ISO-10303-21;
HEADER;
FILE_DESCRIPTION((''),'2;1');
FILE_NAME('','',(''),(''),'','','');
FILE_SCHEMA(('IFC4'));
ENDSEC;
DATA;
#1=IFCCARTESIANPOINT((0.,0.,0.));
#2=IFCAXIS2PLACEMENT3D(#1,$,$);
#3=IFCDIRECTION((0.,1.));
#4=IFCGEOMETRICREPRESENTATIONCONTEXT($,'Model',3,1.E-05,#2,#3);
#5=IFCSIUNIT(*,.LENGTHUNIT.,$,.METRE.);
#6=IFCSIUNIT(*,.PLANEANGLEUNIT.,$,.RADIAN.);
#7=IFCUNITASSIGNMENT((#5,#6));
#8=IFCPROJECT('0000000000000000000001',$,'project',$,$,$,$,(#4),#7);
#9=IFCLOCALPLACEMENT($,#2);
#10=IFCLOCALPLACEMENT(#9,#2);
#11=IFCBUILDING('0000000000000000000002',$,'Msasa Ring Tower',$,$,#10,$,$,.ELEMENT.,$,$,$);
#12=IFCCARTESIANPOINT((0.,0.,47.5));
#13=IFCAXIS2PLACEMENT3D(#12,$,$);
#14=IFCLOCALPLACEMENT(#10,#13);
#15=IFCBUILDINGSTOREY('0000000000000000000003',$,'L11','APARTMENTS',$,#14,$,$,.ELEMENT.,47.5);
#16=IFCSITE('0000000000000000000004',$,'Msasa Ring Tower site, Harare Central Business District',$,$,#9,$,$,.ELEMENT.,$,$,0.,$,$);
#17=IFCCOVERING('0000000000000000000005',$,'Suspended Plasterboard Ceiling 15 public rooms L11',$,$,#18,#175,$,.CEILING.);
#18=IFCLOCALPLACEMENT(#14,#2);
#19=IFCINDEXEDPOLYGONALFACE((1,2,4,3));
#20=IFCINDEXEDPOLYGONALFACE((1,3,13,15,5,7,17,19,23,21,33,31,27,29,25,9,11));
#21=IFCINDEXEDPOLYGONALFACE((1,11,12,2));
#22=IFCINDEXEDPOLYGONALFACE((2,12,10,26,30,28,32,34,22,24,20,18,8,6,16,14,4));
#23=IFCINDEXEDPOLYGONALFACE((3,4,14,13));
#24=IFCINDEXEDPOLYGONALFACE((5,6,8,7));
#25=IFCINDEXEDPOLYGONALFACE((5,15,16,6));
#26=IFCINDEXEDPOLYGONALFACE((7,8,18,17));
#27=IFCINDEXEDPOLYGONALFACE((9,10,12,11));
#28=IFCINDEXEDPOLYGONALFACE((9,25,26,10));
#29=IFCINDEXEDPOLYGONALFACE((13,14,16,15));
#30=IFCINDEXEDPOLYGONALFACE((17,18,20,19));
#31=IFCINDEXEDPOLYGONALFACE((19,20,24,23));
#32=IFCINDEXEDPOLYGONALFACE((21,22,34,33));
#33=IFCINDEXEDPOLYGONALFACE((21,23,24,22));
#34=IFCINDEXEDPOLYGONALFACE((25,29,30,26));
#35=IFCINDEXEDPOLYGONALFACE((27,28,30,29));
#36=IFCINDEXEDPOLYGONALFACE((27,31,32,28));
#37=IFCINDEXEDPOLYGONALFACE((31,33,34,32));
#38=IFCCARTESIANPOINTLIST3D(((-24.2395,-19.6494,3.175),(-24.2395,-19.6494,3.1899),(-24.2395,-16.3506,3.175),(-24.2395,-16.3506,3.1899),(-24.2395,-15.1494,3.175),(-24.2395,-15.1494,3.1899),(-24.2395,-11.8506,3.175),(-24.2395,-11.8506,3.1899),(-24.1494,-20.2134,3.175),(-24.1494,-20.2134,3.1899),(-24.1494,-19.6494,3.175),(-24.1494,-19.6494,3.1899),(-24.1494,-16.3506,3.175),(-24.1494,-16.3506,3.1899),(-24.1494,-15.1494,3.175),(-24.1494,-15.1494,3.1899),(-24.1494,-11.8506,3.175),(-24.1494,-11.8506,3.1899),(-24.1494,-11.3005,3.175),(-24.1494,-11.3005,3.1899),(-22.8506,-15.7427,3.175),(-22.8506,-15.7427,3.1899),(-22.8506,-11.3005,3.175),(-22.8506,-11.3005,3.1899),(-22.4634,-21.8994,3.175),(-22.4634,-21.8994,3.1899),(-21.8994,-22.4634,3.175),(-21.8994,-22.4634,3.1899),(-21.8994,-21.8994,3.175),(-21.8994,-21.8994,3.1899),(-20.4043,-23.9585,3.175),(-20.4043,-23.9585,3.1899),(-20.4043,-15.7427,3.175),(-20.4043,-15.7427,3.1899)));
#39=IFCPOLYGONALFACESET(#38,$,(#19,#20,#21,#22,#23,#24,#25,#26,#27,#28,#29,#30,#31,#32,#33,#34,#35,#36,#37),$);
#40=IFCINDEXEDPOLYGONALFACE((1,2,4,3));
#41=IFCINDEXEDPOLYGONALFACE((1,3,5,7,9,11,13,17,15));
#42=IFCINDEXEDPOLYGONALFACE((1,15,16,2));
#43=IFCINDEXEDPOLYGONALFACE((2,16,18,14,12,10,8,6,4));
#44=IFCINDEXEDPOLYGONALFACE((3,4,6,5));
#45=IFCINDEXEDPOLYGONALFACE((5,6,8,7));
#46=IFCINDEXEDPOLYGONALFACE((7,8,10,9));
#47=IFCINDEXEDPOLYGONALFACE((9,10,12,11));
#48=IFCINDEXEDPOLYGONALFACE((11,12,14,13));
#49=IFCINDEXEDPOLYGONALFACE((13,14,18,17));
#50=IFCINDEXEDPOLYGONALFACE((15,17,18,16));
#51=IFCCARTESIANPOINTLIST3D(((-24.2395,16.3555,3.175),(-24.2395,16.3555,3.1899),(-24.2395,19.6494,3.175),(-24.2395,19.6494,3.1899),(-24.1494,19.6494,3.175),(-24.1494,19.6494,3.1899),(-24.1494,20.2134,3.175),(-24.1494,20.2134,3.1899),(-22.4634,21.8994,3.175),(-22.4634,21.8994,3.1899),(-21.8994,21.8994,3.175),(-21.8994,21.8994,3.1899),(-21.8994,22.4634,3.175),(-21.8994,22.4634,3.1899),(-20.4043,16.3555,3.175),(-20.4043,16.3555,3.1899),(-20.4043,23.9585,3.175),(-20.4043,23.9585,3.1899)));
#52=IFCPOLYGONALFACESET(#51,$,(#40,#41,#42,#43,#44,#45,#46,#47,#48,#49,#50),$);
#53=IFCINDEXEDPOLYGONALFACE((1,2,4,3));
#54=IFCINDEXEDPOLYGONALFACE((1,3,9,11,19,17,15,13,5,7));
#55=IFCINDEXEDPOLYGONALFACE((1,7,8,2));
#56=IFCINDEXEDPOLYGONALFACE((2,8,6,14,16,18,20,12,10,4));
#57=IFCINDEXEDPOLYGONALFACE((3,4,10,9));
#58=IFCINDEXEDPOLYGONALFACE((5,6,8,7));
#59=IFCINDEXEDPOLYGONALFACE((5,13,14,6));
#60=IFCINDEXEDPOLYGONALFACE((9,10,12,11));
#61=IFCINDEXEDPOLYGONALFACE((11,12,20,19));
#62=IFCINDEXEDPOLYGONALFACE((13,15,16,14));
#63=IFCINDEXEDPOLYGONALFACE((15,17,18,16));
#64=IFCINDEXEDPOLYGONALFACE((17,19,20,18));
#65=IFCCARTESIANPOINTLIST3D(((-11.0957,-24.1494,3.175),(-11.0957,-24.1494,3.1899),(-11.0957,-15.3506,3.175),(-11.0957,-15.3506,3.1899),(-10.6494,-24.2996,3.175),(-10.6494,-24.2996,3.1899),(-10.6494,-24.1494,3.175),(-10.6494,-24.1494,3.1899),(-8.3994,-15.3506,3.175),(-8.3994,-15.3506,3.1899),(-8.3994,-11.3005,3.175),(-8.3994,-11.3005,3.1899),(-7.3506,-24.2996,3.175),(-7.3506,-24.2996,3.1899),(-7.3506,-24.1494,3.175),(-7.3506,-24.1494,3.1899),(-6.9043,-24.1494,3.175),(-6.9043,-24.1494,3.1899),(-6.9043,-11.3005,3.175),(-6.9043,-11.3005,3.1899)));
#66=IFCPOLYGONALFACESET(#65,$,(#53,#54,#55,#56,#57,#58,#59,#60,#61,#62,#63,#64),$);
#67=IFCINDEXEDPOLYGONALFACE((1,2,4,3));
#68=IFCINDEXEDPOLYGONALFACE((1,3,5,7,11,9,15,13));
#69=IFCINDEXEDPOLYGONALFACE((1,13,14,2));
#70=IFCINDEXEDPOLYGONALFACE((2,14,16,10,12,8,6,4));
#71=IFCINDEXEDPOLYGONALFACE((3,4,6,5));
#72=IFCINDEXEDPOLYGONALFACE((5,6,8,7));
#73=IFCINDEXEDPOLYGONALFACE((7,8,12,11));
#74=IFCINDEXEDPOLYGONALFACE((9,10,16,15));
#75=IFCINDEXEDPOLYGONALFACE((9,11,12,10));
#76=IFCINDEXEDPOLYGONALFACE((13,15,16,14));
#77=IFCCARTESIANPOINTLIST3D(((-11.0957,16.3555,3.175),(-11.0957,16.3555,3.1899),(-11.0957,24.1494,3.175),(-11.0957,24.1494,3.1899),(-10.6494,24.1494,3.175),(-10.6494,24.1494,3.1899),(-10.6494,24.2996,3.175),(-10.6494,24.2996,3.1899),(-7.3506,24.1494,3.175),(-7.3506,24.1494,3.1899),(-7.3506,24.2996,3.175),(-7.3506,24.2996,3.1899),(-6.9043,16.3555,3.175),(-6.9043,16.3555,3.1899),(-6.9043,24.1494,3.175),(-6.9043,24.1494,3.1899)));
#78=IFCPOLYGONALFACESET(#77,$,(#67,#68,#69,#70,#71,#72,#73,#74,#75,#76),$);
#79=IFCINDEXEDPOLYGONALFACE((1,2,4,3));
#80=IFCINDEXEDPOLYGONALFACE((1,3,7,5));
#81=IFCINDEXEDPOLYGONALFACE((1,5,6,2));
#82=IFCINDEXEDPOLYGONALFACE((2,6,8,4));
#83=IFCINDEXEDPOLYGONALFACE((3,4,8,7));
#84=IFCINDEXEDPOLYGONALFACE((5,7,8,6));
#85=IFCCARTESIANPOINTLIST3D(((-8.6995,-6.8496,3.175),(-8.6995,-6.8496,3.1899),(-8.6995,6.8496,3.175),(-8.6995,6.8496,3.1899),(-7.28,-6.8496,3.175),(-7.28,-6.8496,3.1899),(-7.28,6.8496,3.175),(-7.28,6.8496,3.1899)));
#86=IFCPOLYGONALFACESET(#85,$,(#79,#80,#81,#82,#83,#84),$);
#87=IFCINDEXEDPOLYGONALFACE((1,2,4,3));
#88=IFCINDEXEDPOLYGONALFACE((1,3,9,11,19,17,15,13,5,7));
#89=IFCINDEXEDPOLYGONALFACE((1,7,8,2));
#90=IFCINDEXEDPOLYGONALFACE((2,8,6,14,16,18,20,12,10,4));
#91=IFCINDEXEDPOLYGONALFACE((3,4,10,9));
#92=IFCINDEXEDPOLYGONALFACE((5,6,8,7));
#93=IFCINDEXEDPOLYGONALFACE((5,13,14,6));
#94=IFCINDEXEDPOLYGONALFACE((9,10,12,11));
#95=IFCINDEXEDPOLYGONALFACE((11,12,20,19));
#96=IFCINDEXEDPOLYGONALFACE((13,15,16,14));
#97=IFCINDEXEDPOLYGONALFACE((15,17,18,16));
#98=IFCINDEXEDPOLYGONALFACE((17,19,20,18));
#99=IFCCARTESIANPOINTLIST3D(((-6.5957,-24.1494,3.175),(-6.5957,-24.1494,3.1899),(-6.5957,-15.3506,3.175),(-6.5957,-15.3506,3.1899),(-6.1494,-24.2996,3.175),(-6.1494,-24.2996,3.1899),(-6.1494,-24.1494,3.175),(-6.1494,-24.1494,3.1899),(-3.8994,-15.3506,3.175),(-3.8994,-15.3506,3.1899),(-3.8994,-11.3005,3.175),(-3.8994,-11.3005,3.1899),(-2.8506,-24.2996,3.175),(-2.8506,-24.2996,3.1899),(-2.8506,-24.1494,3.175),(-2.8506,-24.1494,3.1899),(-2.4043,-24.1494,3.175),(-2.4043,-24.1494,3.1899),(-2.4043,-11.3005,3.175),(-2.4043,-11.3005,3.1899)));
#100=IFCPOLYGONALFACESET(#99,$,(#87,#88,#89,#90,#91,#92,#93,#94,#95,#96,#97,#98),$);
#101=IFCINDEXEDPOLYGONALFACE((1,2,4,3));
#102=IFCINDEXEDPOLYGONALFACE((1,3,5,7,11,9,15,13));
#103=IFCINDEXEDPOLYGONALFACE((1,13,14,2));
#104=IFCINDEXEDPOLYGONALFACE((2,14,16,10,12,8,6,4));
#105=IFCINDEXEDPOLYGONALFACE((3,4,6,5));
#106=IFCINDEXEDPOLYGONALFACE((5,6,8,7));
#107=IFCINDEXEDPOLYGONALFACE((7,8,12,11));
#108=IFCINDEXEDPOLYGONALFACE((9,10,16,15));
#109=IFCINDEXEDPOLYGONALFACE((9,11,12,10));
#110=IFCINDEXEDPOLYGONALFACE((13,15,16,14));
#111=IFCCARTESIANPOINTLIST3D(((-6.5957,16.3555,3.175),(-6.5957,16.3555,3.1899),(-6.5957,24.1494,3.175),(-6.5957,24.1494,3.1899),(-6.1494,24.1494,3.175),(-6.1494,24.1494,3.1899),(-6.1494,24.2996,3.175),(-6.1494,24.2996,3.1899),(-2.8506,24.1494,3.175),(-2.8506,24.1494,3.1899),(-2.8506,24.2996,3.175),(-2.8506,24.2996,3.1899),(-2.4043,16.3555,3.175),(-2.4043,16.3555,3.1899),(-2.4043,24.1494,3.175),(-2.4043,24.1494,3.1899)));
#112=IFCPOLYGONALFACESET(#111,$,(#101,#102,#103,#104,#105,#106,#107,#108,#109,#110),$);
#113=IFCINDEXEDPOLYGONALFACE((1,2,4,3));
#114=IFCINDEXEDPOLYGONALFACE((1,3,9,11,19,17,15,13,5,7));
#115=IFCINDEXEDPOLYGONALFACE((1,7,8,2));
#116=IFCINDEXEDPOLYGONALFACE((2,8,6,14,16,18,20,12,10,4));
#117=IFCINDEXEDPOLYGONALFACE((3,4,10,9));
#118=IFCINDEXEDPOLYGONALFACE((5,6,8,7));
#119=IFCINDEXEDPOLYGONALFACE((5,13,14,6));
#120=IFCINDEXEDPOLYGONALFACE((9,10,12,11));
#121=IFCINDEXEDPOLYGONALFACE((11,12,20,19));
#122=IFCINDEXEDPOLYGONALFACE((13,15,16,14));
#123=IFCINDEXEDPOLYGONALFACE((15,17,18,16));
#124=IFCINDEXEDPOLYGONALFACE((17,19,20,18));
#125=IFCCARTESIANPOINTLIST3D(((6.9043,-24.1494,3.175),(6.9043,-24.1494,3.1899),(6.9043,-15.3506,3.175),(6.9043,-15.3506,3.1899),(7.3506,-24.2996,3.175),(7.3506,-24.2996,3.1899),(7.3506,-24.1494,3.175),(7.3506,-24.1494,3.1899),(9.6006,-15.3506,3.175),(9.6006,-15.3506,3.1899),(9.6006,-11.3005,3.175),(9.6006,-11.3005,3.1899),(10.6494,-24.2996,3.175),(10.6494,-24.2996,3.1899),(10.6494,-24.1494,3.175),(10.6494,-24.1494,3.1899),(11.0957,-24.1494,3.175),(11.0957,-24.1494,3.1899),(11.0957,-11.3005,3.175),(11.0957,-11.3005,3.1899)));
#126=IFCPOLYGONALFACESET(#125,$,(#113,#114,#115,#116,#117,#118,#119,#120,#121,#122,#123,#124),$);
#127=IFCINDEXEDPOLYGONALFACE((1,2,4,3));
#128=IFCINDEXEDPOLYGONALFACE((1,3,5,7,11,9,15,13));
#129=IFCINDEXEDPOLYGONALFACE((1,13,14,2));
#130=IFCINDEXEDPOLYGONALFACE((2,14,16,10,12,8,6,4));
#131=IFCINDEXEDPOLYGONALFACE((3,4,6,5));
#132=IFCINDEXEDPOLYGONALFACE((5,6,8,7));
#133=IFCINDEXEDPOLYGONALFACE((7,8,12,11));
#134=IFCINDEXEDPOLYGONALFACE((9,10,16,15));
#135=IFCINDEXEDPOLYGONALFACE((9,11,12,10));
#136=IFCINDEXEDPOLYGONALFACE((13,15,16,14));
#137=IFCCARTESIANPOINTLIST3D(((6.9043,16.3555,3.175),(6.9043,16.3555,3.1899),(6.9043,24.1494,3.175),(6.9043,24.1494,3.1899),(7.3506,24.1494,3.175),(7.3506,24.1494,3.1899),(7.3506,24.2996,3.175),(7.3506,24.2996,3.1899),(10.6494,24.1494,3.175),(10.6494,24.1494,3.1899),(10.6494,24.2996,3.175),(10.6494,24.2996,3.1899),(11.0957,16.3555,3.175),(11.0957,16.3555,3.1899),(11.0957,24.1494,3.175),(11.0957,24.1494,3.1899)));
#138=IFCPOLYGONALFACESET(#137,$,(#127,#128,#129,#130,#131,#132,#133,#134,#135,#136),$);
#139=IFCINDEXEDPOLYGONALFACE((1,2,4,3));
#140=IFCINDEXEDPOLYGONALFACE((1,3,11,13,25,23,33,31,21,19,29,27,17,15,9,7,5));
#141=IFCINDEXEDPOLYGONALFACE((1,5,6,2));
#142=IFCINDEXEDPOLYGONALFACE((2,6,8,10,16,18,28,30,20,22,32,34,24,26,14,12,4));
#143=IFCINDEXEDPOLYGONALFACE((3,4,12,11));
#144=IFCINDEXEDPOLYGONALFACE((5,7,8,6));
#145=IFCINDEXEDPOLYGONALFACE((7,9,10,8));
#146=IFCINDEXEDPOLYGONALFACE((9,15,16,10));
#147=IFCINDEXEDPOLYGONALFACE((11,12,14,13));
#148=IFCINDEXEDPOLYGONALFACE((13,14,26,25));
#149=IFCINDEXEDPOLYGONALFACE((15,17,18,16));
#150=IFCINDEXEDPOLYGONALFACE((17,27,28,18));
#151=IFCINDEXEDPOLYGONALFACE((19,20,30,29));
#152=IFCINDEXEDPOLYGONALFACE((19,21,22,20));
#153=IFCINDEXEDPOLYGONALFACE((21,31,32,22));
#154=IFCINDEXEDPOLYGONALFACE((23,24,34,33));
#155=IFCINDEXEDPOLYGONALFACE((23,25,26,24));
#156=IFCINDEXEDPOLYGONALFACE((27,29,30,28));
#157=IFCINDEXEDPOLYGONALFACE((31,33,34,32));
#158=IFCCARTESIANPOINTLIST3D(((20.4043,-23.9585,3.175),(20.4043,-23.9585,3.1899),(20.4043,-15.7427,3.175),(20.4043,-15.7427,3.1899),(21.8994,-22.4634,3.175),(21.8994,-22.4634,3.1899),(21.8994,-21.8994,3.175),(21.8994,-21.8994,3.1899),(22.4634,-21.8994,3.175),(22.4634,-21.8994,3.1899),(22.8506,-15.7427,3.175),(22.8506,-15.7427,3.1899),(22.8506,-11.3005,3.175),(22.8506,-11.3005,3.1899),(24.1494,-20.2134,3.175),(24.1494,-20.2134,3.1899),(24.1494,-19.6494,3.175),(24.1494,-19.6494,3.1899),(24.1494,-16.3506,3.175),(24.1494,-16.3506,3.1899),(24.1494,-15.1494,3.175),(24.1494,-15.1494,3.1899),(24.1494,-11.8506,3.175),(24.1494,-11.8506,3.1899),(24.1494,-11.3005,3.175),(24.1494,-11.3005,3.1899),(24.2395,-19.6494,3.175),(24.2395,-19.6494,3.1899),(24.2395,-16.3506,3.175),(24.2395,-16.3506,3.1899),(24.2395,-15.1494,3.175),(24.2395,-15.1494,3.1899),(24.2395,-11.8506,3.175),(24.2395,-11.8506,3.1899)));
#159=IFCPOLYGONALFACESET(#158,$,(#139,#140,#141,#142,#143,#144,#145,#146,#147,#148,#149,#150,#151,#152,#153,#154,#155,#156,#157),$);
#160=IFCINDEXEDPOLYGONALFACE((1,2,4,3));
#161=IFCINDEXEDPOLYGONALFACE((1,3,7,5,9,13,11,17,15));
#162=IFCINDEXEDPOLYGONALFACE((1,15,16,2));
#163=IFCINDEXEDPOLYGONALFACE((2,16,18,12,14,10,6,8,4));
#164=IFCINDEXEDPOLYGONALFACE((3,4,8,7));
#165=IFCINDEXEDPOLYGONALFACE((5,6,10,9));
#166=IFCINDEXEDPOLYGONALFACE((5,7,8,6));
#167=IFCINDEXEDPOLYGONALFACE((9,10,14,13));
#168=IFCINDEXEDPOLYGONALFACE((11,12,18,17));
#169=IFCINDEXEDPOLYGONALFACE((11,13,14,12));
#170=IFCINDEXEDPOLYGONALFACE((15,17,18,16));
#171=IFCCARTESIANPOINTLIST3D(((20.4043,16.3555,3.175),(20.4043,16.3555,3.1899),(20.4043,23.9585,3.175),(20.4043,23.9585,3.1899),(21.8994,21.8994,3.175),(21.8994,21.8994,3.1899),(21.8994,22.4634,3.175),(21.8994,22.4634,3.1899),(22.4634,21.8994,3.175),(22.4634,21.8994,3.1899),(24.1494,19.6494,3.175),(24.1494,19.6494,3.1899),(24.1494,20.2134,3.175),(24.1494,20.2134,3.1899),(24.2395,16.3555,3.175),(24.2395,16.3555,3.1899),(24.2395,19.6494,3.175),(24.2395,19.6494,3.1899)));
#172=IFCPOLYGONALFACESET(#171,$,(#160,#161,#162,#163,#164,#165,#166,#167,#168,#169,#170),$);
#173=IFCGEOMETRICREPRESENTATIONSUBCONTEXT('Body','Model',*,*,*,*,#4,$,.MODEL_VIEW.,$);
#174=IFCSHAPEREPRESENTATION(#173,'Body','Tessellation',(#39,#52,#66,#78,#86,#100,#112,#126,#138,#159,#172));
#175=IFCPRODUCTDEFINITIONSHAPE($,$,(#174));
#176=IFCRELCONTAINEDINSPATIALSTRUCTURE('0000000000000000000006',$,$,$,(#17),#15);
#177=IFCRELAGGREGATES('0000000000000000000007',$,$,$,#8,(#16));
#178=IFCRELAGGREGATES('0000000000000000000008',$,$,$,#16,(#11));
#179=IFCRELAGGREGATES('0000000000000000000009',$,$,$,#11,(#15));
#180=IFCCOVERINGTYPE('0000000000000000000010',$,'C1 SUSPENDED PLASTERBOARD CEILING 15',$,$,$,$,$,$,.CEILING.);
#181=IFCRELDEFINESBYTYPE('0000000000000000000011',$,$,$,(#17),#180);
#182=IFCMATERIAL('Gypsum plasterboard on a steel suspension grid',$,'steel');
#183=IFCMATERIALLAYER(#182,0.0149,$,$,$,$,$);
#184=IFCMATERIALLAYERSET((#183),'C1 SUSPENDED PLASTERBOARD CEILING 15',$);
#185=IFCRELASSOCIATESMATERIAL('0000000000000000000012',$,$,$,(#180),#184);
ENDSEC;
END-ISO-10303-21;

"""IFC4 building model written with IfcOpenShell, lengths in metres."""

from ifc_helpers import new_model, si_unit, direction, frame, origin, place, context, subcontext, project, spatial, line, indexed_curve, outline, extrude, material, layer, layer_set, type_object, element, save


model = new_model("IFC4")

# Units and contexts
model_context = context("Model", 3, precision=1e-05, world=origin(), true_north=direction((0.0, 1.0)))
body_context = subcontext(model_context, "Body", "Model", "MODEL_VIEW")
ifc_project = project(units=[si_unit("LENGTHUNIT", "METRE"), si_unit("PLANEANGLEUNIT", "RADIAN")], contexts=[model_context])

# Site, building, storey
site_placement = place(None, origin())
site = spatial("IfcSite", under=ifc_project, at=site_placement, Name="Msasa Ring Tower site, Harare Central Business District", CompositionType="ELEMENT", RefElevation=0.0)
building_placement = place(site_placement, origin())
building = spatial("IfcBuilding", under=site, at=building_placement, Name="Msasa Ring Tower", CompositionType="ELEMENT")
storey_placement = place(building_placement, frame((0.0, 0.0, 47.5)))
storey = spatial("IfcBuildingStorey", under=building, at=storey_placement, Name="L11", Description="APARTMENTS", CompositionType="ELEMENT", Elevation=47.5)

# Covering
ifc_material_1 = material(Name="Gypsum plasterboard on a steel suspension grid", Category="steel")
ifc_layer_1 = layer(ifc_material_1, 0.0149)
ifc_layer_set_1 = layer_set([ifc_layer_1], Name="C1 SUSPENDED PLASTERBOARD CEILING 15")
covering_type_1 = type_object("IfcCoveringType", Name="C1 SUSPENDED PLASTERBOARD CEILING 15", PredefinedType="CEILING", material=ifc_layer_set_1)
covering_1_placement = place(storey_placement, frame((0.0, 0.0, 3.175)))
element("IfcCovering", 1, at=covering_1_placement, inside=storey, type_object=covering_type_1, Name="Suspended Plasterboard Ceiling 15 public rooms L11", PredefinedType="CEILING", context=body_context, shape_type="SweptSolid", body=[
    extrude(outline(indexed_curve([(-21.8994, -22.4634), (-21.8994, -21.8994), (-22.4634, -21.8994), (-24.1494, -20.2134), (-24.1494, -19.6494), (-24.2395, -19.6494), (-24.2395, -16.3506), (-24.1494, -16.3506), (-24.1494, -15.1494), (-24.2395, -15.1494), (-24.2395, -11.8506), (-24.1494, -11.8506), (-24.1494, -11.3005), (-22.8506, -11.3005), (-22.8506, -15.7427), (-20.4043, -15.7427), (-20.4043, -23.9585)], segments=[line(1, 2, 3, 4, 5, 6, 7, 8, 9, 10, 11, 12, 13, 14, 15, 16, 17, 1)], self_intersect=False)), origin(), (0.0, 0.0, 1.0), 0.0149),
    extrude(outline(indexed_curve([(-24.2395, 16.3555), (-24.2395, 19.6494), (-24.1494, 19.6494), (-24.1494, 20.2134), (-22.4634, 21.8994), (-21.8994, 21.8994), (-21.8994, 22.4634), (-20.4043, 23.9585), (-20.4043, 16.3555)], segments=[line(1, 2, 3, 4, 5, 6, 7, 8, 9, 1)], self_intersect=False)), origin(), (0.0, 0.0, 1.0), 0.0149),
    extrude(outline(indexed_curve([(-8.3994, -11.3005), (-6.9043, -11.3005), (-6.9043, -24.1494), (-7.3506, -24.1494), (-7.3506, -24.2996), (-10.6494, -24.2996), (-10.6494, -24.1494), (-11.0957, -24.1494), (-11.0957, -15.3506), (-8.3994, -15.3506)], segments=[line(1, 2, 3, 4, 5, 6, 7, 8, 9, 10, 1)], self_intersect=False)), origin(), (0.0, 0.0, 1.0), 0.0149),
    extrude(outline(indexed_curve([(-11.0957, 16.3555), (-11.0957, 24.1494), (-10.6494, 24.1494), (-10.6494, 24.2996), (-7.3506, 24.2996), (-7.3506, 24.1494), (-6.9043, 24.1494), (-6.9043, 16.3555)], segments=[line(1, 2, 3, 4, 5, 6, 7, 8, 1)], self_intersect=False)), origin(), (0.0, 0.0, 1.0), 0.0149),
    extrude(outline(indexed_curve([(-8.6995, -6.8496), (-8.6995, 6.8496), (-7.28, 6.8496), (-7.28, -6.8496)], segments=[line(1, 2, 3, 4, 1)], self_intersect=False)), origin(), (0.0, 0.0, 1.0), 0.0149),
    extrude(outline(indexed_curve([(-2.4043, -11.3005), (-2.4043, -24.1494), (-2.8506, -24.1494), (-2.8506, -24.2996), (-6.1494, -24.2996), (-6.1494, -24.1494), (-6.5957, -24.1494), (-6.5957, -15.3506), (-3.8994, -15.3506), (-3.8994, -11.3005)], segments=[line(1, 2, 3, 4, 5, 6, 7, 8, 9, 10, 1)], self_intersect=False)), origin(), (0.0, 0.0, 1.0), 0.0149),
    extrude(outline(indexed_curve([(-6.5957, 16.3555), (-6.5957, 24.1494), (-6.1494, 24.1494), (-6.1494, 24.2996), (-2.8506, 24.2996), (-2.8506, 24.1494), (-2.4043, 24.1494), (-2.4043, 16.3555)], segments=[line(1, 2, 3, 4, 5, 6, 7, 8, 1)], self_intersect=False)), origin(), (0.0, 0.0, 1.0), 0.0149),
    extrude(outline(indexed_curve([(11.0957, -11.3005), (11.0957, -24.1494), (10.6494, -24.1494), (10.6494, -24.2996), (7.3506, -24.2996), (7.3506, -24.1494), (6.9043, -24.1494), (6.9043, -15.3506), (9.6006, -15.3506), (9.6006, -11.3005)], segments=[line(1, 2, 3, 4, 5, 6, 7, 8, 9, 10, 1)], self_intersect=False)), origin(), (0.0, 0.0, 1.0), 0.0149),
    extrude(outline(indexed_curve([(6.9043, 16.3555), (6.9043, 24.1494), (7.3506, 24.1494), (7.3506, 24.2996), (10.6494, 24.2996), (10.6494, 24.1494), (11.0957, 24.1494), (11.0957, 16.3555)], segments=[line(1, 2, 3, 4, 5, 6, 7, 8, 1)], self_intersect=False)), origin(), (0.0, 0.0, 1.0), 0.0149),
    extrude(outline(indexed_curve([(22.8506, -11.3005), (24.1494, -11.3005), (24.1494, -11.8506), (24.2395, -11.8506), (24.2395, -15.1494), (24.1494, -15.1494), (24.1494, -16.3506), (24.2395, -16.3506), (24.2395, -19.6494), (24.1494, -19.6494), (24.1494, -20.2134), (22.4634, -21.8994), (21.8994, -21.8994), (21.8994, -22.4634), (20.4043, -23.9585), (20.4043, -15.7427), (22.8506, -15.7427)], segments=[line(1, 2, 3, 4, 5, 6, 7, 8, 9, 10, 11, 12, 13, 14, 15, 16, 17, 1)], self_intersect=False)), origin(), (0.0, 0.0, 1.0), 0.0149),
    extrude(outline(indexed_curve([(20.4043, 16.3555), (20.4043, 23.9585), (21.8994, 22.4634), (21.8994, 21.8994), (22.4634, 21.8994), (24.1494, 20.2134), (24.1494, 19.6494), (24.2395, 19.6494), (24.2395, 16.3555)], segments=[line(1, 2, 3, 4, 5, 6, 7, 8, 9, 1)], self_intersect=False)), origin(), (0.0, 0.0, 1.0), 0.0149),
])

save(model, "model.ifc")
